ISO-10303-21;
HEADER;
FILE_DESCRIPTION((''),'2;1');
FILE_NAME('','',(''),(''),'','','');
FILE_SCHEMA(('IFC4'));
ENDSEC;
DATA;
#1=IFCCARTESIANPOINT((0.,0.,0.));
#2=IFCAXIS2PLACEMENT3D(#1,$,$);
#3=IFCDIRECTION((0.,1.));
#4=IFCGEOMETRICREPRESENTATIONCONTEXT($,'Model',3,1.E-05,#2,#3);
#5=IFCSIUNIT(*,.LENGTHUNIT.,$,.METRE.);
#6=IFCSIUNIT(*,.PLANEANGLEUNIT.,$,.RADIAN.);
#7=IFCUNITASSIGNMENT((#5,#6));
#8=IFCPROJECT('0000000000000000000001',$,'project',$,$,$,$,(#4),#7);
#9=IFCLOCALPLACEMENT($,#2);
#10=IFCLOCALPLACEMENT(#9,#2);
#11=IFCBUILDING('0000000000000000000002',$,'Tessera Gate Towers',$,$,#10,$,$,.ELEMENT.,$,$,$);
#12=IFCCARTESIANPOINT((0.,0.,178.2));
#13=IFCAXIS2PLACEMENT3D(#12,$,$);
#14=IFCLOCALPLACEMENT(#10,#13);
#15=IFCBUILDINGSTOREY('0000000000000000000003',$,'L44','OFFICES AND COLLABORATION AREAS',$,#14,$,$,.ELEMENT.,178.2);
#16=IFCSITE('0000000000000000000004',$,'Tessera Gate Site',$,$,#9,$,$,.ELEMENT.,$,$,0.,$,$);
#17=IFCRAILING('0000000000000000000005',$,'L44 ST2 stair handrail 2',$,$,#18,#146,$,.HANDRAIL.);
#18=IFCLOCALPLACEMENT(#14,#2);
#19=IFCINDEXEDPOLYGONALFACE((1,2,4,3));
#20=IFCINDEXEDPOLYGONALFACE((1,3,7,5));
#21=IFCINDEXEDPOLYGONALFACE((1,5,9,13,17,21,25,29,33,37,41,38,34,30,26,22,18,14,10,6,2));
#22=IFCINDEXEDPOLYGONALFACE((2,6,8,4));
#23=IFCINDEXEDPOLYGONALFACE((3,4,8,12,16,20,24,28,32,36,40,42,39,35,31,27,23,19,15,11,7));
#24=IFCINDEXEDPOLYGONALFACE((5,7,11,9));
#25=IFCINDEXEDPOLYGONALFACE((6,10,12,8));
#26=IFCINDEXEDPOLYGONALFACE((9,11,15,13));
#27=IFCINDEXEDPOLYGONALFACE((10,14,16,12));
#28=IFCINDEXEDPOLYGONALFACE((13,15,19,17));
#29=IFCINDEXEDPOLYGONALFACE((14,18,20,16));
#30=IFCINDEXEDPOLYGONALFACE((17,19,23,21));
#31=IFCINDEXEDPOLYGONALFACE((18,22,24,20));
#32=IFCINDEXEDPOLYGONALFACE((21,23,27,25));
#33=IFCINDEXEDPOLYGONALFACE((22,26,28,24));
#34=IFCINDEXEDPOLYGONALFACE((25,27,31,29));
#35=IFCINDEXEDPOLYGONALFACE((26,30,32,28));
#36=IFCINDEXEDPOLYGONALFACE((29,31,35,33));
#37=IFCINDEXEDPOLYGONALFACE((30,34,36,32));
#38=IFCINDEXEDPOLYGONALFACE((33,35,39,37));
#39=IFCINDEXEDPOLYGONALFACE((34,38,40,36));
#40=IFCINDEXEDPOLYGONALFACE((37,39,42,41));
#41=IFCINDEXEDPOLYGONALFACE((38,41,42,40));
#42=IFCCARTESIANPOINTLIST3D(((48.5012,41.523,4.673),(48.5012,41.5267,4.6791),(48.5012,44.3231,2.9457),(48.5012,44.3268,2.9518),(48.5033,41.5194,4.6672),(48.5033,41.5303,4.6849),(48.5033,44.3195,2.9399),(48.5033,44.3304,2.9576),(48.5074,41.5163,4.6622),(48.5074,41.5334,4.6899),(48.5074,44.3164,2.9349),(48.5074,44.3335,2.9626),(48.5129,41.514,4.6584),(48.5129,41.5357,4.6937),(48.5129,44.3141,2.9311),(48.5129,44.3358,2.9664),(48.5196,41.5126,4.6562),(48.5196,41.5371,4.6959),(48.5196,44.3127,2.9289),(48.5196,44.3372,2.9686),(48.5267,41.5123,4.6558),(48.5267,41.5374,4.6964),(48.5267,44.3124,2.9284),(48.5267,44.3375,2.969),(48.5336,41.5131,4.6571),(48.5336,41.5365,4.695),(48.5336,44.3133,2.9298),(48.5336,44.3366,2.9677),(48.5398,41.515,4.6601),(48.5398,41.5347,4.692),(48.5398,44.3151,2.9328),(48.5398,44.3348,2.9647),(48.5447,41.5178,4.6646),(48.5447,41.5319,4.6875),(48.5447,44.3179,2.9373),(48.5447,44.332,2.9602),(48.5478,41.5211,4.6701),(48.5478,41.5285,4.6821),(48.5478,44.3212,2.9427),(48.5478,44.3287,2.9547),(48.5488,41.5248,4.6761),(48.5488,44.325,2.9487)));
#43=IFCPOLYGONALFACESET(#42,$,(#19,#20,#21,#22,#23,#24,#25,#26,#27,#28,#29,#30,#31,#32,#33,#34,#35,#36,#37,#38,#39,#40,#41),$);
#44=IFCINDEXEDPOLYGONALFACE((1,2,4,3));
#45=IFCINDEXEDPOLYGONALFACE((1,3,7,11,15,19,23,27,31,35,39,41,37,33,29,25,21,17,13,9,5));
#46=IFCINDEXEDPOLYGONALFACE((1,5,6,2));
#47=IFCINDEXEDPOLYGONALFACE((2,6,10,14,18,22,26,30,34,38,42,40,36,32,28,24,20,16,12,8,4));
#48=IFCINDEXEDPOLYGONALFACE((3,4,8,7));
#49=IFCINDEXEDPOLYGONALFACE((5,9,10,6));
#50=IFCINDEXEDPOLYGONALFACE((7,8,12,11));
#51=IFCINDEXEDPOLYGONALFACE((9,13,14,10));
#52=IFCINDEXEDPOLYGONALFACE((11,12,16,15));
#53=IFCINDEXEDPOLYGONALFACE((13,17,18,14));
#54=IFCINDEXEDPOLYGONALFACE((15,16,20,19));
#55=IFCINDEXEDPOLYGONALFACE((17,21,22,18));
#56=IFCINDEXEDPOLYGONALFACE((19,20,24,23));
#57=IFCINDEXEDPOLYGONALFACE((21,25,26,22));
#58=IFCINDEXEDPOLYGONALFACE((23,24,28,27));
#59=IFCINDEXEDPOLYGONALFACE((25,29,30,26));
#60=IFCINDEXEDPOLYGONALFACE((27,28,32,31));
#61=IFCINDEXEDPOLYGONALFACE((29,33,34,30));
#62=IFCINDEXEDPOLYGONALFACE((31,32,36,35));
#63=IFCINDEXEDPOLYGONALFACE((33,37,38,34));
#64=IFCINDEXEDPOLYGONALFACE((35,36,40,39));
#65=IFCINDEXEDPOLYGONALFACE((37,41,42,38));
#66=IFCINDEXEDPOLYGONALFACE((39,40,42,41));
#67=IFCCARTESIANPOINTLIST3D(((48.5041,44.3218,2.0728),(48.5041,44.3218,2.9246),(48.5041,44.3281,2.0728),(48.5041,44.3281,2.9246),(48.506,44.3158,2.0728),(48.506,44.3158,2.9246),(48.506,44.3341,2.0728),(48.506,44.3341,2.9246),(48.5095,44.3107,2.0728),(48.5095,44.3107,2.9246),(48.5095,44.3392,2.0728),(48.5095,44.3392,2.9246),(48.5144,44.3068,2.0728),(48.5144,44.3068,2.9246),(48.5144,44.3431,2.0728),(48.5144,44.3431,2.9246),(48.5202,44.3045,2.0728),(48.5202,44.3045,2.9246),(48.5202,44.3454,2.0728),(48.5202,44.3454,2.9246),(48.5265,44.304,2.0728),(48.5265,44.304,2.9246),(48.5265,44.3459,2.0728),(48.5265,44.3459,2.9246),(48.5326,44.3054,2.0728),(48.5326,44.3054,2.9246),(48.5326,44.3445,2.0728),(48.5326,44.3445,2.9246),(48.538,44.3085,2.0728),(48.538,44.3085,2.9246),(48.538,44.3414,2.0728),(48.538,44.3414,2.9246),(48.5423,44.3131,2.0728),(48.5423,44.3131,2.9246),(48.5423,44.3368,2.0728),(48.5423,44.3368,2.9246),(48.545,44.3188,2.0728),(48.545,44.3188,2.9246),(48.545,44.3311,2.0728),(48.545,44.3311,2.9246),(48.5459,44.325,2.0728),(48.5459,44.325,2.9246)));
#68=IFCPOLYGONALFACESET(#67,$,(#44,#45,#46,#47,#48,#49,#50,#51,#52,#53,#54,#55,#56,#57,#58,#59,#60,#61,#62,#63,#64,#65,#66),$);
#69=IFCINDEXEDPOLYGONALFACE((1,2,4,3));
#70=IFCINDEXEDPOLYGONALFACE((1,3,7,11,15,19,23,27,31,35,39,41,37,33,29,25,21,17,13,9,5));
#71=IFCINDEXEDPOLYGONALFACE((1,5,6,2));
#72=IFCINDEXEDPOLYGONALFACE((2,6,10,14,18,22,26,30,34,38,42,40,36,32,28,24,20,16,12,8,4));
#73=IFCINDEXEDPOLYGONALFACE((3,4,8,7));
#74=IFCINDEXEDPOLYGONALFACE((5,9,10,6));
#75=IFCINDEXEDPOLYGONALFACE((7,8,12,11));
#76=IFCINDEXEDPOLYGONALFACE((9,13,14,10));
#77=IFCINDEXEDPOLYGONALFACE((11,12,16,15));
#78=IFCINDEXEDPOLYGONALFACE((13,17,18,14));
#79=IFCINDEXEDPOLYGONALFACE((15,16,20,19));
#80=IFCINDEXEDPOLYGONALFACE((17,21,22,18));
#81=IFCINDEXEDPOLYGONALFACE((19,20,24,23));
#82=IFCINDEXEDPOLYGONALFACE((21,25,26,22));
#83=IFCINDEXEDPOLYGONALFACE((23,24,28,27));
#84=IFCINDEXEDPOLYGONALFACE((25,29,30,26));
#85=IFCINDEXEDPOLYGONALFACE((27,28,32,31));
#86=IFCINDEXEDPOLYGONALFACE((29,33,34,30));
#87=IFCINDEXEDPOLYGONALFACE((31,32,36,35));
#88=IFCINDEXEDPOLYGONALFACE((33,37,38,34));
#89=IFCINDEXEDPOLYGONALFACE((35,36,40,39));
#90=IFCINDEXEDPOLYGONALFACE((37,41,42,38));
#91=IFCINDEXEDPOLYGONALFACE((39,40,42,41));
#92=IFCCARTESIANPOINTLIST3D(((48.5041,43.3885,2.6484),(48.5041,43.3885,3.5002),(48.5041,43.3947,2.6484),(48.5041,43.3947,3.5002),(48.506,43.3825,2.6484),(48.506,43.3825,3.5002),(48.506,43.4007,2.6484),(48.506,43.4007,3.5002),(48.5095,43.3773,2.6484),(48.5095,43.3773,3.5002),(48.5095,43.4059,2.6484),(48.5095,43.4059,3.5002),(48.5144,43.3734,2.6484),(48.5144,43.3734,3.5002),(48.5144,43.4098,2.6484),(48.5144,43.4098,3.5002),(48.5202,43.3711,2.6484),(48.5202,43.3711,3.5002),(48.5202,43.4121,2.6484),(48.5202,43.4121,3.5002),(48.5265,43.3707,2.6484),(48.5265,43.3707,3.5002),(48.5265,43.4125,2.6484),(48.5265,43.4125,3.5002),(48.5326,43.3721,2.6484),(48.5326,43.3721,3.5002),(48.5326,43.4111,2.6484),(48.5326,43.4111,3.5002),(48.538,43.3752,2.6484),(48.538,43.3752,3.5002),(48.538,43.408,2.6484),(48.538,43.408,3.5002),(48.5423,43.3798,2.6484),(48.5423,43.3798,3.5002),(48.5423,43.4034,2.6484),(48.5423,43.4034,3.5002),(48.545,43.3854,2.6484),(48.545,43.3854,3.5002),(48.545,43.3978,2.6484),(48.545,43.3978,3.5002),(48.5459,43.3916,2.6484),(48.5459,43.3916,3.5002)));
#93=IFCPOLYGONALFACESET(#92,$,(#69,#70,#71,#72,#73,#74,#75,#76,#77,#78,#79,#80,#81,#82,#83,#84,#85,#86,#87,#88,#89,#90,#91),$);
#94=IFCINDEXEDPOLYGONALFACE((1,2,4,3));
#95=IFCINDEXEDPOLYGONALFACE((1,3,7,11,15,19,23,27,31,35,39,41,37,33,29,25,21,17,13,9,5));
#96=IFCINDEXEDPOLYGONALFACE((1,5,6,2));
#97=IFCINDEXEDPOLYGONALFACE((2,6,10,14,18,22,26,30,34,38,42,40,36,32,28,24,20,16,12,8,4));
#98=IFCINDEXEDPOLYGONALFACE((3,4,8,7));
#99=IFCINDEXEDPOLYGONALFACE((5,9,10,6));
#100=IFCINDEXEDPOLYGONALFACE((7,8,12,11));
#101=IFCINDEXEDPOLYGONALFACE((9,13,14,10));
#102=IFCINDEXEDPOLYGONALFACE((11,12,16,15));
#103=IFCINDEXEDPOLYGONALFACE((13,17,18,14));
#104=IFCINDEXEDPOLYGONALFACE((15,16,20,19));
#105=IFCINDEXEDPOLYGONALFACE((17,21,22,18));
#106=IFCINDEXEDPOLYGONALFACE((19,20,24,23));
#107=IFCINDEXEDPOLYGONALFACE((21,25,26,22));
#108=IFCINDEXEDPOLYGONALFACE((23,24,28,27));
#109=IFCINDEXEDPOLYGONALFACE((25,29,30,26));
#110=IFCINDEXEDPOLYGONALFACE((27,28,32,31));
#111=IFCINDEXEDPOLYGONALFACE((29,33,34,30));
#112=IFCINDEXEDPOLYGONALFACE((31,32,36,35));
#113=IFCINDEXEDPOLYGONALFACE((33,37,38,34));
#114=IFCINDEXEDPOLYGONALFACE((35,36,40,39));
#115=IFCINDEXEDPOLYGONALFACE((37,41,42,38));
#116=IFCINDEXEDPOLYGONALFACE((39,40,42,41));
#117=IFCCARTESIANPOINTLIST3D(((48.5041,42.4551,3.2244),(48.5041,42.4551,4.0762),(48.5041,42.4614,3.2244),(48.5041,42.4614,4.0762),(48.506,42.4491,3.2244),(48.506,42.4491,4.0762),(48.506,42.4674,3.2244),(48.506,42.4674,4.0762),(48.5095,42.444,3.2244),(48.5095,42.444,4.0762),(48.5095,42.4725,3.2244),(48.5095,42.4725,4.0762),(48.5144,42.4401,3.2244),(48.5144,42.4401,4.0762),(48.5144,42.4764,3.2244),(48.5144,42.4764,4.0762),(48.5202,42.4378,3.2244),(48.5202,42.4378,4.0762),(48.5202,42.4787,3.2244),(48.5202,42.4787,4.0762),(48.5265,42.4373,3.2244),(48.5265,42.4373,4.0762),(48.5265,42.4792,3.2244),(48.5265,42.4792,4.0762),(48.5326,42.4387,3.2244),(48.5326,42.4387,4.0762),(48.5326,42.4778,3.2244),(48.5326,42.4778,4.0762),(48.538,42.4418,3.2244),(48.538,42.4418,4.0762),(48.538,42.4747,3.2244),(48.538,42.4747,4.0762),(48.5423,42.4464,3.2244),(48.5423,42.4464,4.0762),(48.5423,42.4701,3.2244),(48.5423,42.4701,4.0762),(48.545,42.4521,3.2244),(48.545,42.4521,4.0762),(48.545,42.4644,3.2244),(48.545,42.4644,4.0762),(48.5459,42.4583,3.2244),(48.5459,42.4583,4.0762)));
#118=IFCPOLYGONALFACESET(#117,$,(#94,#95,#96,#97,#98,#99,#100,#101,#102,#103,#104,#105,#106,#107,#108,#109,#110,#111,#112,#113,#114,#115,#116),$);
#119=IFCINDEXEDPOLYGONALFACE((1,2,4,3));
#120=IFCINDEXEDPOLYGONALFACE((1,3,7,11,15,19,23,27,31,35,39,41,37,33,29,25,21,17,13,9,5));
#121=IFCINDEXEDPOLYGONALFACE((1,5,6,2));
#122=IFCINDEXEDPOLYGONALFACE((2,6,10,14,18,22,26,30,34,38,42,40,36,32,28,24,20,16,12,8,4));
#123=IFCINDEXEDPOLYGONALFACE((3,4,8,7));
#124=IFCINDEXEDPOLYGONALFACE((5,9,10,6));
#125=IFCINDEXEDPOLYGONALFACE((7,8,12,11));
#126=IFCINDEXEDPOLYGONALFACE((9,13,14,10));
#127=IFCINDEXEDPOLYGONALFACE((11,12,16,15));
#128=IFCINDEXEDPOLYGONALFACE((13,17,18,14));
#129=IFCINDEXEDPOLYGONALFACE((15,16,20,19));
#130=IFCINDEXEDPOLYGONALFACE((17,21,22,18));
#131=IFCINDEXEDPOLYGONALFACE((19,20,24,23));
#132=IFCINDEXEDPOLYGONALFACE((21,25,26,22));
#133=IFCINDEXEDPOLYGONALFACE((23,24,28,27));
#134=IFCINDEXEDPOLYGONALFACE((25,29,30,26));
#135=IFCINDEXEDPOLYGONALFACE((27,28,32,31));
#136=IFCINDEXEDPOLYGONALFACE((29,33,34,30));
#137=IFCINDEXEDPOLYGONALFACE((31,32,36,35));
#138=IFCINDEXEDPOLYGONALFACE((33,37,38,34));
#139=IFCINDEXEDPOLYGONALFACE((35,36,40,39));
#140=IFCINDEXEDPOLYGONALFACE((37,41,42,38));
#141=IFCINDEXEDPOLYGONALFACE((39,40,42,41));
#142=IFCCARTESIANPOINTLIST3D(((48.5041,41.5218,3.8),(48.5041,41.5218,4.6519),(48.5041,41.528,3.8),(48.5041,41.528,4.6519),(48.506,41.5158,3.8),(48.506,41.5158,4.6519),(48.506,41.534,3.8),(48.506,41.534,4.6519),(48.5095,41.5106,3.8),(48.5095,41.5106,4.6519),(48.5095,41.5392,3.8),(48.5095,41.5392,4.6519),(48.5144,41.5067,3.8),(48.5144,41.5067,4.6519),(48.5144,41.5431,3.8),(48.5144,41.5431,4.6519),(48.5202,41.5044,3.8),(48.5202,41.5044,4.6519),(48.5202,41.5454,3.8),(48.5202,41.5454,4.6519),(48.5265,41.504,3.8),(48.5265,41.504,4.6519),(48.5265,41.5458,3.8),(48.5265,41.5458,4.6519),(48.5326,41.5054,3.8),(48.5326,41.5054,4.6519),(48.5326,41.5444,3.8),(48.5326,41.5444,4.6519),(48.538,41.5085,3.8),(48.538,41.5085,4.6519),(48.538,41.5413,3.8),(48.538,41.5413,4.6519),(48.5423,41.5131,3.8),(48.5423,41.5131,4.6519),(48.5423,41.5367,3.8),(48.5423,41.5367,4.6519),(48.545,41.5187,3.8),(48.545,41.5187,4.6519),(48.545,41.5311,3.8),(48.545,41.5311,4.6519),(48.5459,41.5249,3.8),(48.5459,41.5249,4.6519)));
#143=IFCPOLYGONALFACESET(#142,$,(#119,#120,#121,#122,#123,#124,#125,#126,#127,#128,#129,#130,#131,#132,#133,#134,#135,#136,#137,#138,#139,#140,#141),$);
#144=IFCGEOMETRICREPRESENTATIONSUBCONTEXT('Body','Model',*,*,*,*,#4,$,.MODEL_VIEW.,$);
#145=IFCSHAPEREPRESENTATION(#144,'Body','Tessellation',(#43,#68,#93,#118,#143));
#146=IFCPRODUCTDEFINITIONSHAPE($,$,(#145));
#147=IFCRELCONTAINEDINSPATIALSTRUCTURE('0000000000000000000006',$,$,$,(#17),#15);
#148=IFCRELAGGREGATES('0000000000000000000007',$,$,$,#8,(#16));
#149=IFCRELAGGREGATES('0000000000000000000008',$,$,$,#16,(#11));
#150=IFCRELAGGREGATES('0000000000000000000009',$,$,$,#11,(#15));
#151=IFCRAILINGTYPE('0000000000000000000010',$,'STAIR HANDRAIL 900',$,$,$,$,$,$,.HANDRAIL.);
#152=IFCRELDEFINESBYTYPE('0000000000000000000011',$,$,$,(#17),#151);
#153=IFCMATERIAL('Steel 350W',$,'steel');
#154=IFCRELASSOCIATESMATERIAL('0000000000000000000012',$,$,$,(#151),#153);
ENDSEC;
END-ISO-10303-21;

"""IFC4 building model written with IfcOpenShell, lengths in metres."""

from ifc_helpers import new_model, si_unit, direction, frame, origin, origin_2d, place, context, subcontext, project, spatial, circle, extrude, material, type_object, element, save


model = new_model("IFC4")

# Units and contexts
model_context = context("Model", 3, precision=1e-05, world=origin(), true_north=direction((0.0, 1.0)))
body_context = subcontext(model_context, "Body", "Model", "MODEL_VIEW")
ifc_project = project(units=[si_unit("LENGTHUNIT", "METRE"), si_unit("PLANEANGLEUNIT", "RADIAN")], contexts=[model_context])

# Site, building, storey
site_placement = place(None, origin())
site = spatial("IfcSite", under=ifc_project, at=site_placement, Name="Tessera Gate Site", CompositionType="ELEMENT", RefElevation=0.0)
building_placement = place(site_placement, origin())
building = spatial("IfcBuilding", under=site, at=building_placement, Name="Tessera Gate Towers", CompositionType="ELEMENT")
storey_placement = place(building_placement, frame((0.0, 0.0, 178.2)))
storey = spatial("IfcBuildingStorey", under=building, at=storey_placement, Name="L44", Description="OFFICES AND COLLABORATION AREAS", CompositionType="ELEMENT", Elevation=178.2)

# Railing
ifc_material_1 = material(Name="Steel 350W", Category="steel")
railing_type_1 = type_object("IfcRailingType", Name="STAIR HANDRAIL 900", PredefinedType="HANDRAIL", material=ifc_material_1)
railing_1_placement = place(storey_placement, frame((48.5249, 44.325, 2.0728)))
element("IfcRailing", 1, at=railing_1_placement, inside=storey, type_object=railing_type_1, Name="L44 ST2 stair handrail 2", PredefinedType="HANDRAIL", context=body_context, shape_type="SweptSolid", body=[
    extrude(circle(Radius=0.0239, at=origin_2d()), frame((0.0, 0.0, 0.876), z_axis=(0.0, -0.85109, 0.52502), x_axis=(1.0, 0.0, 0.0)), (0.0, 0.0, 1.0), 3.29),
    extrude(circle(Radius=0.021, at=origin_2d()), origin(), (0.0, 0.0, 1.0), 0.8518),
    extrude(circle(Radius=0.021, at=origin_2d()), frame((0.0, -0.9333, 0.5757)), (0.0, 0.0, 1.0), 0.8518),
    extrude(circle(Radius=0.021, at=origin_2d()), frame((0.0, -1.8667, 1.1516)), (0.0, 0.0, 1.0), 0.8518),
    extrude(circle(Radius=0.021, at=origin_2d()), frame((0.0, -2.8, 1.7273)), (0.0, 0.0, 1.0), 0.8518),
])

save(model, "model.ifc")
